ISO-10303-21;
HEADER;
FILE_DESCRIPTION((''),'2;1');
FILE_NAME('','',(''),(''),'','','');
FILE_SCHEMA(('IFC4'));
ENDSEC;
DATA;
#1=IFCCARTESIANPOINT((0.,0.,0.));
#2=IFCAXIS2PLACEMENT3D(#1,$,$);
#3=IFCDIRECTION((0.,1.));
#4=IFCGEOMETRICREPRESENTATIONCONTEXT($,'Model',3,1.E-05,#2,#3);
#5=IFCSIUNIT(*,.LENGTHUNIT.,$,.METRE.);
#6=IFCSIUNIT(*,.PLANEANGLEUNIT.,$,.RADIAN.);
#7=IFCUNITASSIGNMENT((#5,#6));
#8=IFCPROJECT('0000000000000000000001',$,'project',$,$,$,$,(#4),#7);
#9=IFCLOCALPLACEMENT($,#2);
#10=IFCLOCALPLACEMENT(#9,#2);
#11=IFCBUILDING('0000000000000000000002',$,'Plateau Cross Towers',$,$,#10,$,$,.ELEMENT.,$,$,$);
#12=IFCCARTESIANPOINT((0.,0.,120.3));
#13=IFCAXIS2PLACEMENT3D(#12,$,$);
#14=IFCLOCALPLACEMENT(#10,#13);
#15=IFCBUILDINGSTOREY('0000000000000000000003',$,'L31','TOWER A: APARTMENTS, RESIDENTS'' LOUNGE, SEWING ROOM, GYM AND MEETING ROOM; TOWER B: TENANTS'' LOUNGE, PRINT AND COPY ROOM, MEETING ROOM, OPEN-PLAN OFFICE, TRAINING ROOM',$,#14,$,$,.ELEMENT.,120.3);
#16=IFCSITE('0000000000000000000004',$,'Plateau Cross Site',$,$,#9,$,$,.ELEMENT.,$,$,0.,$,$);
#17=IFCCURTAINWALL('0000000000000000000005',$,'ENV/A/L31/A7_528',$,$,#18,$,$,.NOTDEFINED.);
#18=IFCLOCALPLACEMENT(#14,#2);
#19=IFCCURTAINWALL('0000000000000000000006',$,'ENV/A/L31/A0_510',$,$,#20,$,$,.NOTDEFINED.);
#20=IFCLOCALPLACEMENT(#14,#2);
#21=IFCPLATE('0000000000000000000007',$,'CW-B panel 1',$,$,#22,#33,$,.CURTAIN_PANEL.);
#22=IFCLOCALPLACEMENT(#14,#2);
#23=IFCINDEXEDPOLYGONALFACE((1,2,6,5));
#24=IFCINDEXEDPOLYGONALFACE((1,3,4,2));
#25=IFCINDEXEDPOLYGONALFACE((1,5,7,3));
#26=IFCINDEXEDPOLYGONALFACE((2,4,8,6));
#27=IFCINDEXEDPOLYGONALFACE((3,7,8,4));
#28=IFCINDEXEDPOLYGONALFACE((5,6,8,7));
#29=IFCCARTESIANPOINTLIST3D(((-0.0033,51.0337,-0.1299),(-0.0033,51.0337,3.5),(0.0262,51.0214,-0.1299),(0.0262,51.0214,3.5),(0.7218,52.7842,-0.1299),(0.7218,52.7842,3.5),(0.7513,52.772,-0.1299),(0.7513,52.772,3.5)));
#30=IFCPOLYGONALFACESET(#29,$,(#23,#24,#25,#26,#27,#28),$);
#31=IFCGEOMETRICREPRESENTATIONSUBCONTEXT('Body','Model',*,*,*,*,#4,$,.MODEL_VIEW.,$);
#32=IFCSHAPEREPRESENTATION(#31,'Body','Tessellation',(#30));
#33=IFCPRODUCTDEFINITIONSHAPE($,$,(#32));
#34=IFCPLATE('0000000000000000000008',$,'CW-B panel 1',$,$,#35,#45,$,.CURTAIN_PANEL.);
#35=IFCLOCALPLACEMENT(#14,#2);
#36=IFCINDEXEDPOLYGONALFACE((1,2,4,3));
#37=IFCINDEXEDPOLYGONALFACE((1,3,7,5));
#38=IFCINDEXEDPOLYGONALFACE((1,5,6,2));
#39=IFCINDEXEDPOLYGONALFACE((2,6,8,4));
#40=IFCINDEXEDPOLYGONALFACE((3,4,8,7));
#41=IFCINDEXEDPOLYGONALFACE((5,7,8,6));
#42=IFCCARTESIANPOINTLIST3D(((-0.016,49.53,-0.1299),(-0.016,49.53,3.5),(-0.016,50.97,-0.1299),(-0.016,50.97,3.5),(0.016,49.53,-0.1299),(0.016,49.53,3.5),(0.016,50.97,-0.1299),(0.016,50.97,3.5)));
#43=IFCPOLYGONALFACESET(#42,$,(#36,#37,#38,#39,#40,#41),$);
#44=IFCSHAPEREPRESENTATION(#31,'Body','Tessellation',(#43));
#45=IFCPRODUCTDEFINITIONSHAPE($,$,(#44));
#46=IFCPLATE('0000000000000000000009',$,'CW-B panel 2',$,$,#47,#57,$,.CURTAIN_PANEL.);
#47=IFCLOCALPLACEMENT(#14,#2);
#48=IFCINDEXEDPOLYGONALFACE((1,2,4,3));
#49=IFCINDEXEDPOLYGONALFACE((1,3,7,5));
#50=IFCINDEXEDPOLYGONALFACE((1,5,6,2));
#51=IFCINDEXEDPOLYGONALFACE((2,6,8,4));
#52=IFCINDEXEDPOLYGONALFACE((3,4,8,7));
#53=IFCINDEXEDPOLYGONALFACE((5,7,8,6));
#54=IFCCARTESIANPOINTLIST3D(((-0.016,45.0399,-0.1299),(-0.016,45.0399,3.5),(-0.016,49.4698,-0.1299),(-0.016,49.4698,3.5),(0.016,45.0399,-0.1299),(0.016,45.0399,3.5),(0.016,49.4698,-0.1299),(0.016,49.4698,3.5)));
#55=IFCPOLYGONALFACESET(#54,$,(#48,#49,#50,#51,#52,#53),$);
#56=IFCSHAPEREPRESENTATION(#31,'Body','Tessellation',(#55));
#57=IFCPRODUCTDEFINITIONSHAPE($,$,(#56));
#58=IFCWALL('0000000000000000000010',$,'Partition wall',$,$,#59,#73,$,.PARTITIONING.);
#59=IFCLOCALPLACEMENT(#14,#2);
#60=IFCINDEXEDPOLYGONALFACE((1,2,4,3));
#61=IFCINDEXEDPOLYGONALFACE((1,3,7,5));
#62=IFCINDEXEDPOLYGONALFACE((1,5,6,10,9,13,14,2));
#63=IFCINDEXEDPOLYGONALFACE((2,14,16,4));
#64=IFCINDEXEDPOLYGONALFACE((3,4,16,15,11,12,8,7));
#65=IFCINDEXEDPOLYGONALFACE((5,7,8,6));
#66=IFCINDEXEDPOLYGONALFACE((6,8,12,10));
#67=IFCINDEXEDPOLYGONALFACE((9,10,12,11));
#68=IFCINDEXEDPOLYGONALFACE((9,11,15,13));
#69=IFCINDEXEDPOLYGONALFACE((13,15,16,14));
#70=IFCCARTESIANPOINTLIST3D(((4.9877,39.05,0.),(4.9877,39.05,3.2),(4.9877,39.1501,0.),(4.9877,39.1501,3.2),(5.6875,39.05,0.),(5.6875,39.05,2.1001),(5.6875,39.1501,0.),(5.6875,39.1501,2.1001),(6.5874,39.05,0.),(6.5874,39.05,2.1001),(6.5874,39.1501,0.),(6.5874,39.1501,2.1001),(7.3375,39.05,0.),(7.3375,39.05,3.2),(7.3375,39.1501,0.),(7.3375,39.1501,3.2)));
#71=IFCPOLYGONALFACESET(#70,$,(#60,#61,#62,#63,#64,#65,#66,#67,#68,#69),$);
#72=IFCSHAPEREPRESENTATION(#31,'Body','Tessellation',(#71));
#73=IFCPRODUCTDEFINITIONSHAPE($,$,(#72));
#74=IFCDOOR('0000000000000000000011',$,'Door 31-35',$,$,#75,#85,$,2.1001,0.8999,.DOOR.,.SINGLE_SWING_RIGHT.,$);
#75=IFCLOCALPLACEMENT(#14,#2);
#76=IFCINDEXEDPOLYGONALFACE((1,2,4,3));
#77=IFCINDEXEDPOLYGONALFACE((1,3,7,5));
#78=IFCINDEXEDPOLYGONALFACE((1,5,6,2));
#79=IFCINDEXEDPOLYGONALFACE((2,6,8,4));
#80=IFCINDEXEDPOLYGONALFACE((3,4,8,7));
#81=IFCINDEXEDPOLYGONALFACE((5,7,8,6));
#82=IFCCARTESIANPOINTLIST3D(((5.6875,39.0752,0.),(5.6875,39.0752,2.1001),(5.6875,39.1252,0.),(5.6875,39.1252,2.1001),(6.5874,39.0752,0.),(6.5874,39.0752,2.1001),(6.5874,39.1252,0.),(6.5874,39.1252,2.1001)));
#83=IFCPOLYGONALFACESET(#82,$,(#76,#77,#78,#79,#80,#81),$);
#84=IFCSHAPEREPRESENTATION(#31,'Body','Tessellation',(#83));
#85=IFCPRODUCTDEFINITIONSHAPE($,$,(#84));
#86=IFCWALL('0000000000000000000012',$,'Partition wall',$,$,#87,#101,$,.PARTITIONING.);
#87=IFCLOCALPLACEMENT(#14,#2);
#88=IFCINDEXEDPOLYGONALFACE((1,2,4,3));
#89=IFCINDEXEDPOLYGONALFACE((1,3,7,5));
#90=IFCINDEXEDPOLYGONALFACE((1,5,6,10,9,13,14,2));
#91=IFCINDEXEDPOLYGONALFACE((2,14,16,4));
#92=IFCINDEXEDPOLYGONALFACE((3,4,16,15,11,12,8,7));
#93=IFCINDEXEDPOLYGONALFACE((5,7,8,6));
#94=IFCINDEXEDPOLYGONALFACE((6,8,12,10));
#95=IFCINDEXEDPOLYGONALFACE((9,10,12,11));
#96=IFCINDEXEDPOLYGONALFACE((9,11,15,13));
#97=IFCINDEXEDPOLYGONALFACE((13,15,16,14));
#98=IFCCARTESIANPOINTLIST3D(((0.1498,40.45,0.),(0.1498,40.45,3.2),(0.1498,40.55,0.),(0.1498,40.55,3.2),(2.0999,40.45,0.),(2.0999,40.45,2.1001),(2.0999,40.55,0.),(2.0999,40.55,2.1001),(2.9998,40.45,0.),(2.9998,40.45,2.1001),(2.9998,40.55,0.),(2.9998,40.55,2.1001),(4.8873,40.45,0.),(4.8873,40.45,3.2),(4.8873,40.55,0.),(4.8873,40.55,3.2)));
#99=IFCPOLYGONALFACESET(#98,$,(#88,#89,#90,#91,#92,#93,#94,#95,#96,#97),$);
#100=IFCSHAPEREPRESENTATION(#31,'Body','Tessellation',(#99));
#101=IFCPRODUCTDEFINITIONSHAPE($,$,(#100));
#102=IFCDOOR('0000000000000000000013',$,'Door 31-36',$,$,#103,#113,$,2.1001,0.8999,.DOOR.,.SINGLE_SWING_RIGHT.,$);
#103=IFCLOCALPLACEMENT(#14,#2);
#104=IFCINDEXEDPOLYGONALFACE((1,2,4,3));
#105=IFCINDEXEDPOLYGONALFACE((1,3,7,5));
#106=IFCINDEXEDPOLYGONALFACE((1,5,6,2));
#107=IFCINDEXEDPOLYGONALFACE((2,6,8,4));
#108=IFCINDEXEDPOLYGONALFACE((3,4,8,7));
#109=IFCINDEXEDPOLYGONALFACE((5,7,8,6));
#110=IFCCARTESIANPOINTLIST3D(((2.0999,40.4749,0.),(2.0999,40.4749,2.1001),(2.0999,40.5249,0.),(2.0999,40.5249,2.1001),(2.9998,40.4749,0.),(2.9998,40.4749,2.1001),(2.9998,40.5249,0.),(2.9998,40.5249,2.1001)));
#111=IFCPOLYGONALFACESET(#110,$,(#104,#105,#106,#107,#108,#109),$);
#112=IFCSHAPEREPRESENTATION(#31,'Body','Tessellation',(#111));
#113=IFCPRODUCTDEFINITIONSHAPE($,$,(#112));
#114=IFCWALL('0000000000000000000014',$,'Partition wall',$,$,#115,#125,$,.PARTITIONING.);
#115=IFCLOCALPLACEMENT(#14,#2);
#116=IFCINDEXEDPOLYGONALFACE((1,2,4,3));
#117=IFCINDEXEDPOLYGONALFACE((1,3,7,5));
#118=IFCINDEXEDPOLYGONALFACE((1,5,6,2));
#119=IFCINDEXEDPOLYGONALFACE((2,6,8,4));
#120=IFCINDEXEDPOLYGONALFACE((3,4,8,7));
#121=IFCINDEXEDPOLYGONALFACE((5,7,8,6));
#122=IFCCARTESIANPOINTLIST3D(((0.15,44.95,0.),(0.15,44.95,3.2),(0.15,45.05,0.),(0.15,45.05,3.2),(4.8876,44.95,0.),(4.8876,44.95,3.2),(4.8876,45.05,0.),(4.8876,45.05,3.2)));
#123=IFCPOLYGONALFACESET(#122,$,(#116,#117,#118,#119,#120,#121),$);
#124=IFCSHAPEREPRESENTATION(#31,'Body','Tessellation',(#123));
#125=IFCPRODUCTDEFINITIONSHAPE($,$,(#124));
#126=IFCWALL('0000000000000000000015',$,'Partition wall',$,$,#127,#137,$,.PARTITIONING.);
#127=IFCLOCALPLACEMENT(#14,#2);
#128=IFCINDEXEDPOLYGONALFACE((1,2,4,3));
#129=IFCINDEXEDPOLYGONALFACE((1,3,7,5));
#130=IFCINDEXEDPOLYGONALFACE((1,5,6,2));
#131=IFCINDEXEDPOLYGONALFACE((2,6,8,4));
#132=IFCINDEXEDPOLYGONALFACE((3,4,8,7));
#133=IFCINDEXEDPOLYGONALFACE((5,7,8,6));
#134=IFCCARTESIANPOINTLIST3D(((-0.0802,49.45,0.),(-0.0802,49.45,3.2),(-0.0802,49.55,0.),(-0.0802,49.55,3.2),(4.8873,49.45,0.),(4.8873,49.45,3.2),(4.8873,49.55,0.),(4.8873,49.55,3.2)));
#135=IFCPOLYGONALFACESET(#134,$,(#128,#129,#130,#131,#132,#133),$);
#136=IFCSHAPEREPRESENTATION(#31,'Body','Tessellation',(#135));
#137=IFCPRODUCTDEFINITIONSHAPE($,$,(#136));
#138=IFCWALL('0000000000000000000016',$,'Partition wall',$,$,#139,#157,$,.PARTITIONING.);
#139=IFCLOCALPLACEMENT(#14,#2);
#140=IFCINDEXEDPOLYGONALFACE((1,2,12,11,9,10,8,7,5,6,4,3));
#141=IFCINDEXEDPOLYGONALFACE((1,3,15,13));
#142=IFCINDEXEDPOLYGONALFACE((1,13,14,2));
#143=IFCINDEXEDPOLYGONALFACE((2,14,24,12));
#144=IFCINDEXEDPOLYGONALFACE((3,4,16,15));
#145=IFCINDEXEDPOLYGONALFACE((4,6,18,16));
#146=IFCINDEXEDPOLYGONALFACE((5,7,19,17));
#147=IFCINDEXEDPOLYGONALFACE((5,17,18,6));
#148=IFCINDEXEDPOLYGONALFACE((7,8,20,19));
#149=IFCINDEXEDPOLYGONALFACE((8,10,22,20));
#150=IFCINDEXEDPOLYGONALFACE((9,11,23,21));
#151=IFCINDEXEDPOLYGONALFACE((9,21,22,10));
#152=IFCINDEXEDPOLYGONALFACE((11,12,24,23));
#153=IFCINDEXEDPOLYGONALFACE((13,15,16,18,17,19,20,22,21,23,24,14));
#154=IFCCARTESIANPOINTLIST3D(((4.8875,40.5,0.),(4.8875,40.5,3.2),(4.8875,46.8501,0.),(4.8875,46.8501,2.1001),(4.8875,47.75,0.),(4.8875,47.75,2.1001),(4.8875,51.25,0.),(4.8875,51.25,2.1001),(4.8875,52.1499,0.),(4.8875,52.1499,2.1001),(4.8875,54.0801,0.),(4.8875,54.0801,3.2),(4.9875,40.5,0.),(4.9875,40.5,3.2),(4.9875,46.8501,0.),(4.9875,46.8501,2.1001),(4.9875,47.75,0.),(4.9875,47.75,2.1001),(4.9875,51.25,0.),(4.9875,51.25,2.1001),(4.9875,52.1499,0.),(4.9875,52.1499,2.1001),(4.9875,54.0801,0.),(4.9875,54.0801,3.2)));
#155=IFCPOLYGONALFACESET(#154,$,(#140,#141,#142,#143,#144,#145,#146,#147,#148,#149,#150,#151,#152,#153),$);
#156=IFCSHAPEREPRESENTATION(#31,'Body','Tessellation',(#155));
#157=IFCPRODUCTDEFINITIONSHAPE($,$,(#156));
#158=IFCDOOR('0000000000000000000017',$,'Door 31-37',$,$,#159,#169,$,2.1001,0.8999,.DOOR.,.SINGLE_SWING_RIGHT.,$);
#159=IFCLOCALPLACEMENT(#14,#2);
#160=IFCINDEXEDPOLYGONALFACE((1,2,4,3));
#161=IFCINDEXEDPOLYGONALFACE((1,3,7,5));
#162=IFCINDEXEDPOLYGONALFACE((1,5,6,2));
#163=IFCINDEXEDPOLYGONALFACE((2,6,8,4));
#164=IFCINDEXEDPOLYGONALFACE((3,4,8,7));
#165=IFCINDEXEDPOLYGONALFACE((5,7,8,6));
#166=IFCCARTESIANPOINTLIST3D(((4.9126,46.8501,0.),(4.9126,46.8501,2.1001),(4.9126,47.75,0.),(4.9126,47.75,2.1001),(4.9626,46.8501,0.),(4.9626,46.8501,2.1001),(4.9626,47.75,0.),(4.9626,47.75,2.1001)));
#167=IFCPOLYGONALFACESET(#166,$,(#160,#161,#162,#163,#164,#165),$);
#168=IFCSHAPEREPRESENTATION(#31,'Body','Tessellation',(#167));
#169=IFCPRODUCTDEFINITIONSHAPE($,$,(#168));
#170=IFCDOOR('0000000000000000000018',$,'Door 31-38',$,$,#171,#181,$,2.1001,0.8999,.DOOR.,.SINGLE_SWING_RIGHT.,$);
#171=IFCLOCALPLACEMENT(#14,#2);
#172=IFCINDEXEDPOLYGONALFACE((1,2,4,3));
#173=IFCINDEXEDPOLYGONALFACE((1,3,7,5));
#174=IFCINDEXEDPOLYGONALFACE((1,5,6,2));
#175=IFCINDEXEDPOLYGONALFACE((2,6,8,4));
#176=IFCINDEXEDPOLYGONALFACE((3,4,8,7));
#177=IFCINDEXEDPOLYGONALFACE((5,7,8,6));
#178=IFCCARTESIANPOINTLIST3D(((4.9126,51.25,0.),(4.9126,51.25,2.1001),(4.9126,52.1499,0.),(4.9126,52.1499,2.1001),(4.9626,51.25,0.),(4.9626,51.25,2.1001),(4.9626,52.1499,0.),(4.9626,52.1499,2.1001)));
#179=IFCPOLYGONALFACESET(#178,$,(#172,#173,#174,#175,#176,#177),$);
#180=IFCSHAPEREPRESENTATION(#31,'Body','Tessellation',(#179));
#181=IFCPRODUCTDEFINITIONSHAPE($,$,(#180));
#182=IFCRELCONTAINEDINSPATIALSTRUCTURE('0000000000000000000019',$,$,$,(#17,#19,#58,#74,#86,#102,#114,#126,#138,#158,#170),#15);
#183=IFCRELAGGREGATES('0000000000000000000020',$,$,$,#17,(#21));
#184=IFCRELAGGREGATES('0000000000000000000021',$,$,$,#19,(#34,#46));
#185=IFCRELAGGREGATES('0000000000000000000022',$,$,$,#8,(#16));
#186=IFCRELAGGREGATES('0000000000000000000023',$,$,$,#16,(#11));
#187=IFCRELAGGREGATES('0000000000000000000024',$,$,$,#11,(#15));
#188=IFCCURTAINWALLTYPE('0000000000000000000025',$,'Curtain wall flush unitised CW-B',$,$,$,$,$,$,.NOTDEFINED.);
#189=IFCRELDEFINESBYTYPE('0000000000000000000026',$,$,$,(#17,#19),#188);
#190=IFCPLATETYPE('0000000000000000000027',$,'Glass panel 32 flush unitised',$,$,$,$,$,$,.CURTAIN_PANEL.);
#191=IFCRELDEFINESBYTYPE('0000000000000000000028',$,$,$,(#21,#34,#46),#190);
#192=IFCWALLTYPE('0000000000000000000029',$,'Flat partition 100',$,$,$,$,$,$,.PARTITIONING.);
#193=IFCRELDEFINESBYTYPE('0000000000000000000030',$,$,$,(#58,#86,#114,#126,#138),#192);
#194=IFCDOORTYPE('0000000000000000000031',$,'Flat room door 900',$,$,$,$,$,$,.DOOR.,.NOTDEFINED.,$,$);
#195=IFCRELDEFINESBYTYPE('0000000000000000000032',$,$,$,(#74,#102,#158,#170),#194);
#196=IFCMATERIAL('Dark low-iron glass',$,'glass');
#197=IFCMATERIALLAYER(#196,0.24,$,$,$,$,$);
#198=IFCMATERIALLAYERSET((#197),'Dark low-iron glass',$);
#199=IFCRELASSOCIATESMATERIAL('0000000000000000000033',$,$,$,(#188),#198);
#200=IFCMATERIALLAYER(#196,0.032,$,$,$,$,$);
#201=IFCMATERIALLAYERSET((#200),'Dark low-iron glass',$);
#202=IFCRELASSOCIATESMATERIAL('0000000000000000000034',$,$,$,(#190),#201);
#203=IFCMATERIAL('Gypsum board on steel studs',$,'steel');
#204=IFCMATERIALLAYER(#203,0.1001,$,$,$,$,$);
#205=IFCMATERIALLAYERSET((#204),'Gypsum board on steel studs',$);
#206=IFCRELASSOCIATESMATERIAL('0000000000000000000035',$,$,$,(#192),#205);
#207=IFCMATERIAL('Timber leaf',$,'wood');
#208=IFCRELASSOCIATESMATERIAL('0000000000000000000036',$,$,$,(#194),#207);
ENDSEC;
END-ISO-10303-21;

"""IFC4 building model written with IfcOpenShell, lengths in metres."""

from ifc_helpers import new_model, si_unit, direction, frame, frame_2d, origin, origin_2d, place, context, subcontext, project, spatial, rectangle, extrude, material, layer, layer_set, type_object, element, fill, aggregate, save


model = new_model("IFC4")

# Units and contexts
model_context = context("Model", 3, precision=1e-05, world=origin(), true_north=direction((0.0, 1.0)))
body_context = subcontext(model_context, "Body", "Model", "MODEL_VIEW")
ifc_project = project(units=[si_unit("LENGTHUNIT", "METRE"), si_unit("PLANEANGLEUNIT", "RADIAN")], contexts=[model_context])

# Site, building, storey
site_placement = place(None, origin())
site = spatial("IfcSite", under=ifc_project, at=site_placement, Name="Plateau Cross Site", CompositionType="ELEMENT", RefElevation=0.0)
building_placement = place(site_placement, origin())
building = spatial("IfcBuilding", under=site, at=building_placement, Name="Plateau Cross Towers", CompositionType="ELEMENT")
storey_placement = place(building_placement, frame((0.0, 0.0, 120.3)))
storey = spatial("IfcBuildingStorey", under=building, at=storey_placement, Name="L31", Description="TOWER A: APARTMENTS, RESIDENTS' LOUNGE, SEWING ROOM, GYM AND MEETING ROOM; TOWER B: TENANTS' LOUNGE, PRINT AND COPY ROOM, MEETING ROOM, OPEN-PLAN OFFICE, TRAINING ROOM", CompositionType="ELEMENT", Elevation=120.3)

# Shared definitions
ifc_material_1 = material(Name="Dark low-iron glass", Category="glass")
ifc_layer_1 = layer(ifc_material_1, 0.24)
ifc_layer_set_1 = layer_set([ifc_layer_1], Name="Dark low-iron glass")
curtain_wall_type = type_object("IfcCurtainWallType", Name="Curtain wall flush unitised CW-B", PredefinedType="NOTDEFINED", material=ifc_layer_set_1)

# Curtain wall
curtain_wall_1_placement = place(storey_placement, origin())
curtain_wall_1 = element("IfcCurtainWall", 1, at=curtain_wall_1_placement, inside=storey, type_object=curtain_wall_type, Name="ENV/A/L31/A7_528", PredefinedType="NOTDEFINED")

# Curtain wall
curtain_wall_2_placement = place(storey_placement, origin())
curtain_wall_2 = element("IfcCurtainWall", 2, at=curtain_wall_2_placement, inside=storey, type_object=curtain_wall_type, Name="ENV/A/L31/A0_510", PredefinedType="NOTDEFINED")

# Shared definitions
ifc_layer_2 = layer(ifc_material_1, 0.032)
ifc_layer_set_2 = layer_set([ifc_layer_2], Name="Dark low-iron glass")
plate_type = type_object("IfcPlateType", Name="Glass panel 32 flush unitised", PredefinedType="CURTAIN_PANEL", material=ifc_layer_set_2)

# Plates
plate_1_placement = place(storey_placement, frame((0.374, 51.9028, -0.1299), z_axis=(0.0, 0.0, 1.0), x_axis=(-0.382684, -0.923879, 0.0)))
plate_1 = element("IfcPlate", 3, at=plate_1_placement, type_object=plate_type, Name="CW-B panel 1", PredefinedType="CURTAIN_PANEL", context=body_context, shape_type="SweptSolid", body=[
    extrude(rectangle(XDim=1.8948, YDim=0.032, at=origin_2d()), origin(), (0.0, 0.0, 1.0), 3.6299),
])
aggregate(curtain_wall_1, [plate_1])
plate_2_placement = place(storey_placement, frame((0.0, 50.25, -0.1299), z_axis=(0.0, 0.0, 1.0), x_axis=(0.0, -1.0, 0.0)))
plate_2 = element("IfcPlate", 4, at=plate_2_placement, type_object=plate_type, Name="CW-B panel 1", PredefinedType="CURTAIN_PANEL", context=body_context, shape_type="SweptSolid", body=[
    extrude(rectangle(XDim=1.4399, YDim=0.032, at=origin_2d()), origin(), (0.0, 0.0, 1.0), 3.6299),
])
plate_3_placement = place(storey_placement, frame((0.0, 47.2549, -0.1299), z_axis=(0.0, 0.0, 1.0), x_axis=(0.0, -1.0, 0.0)))
plate_3 = element("IfcPlate", 5, at=plate_3_placement, type_object=plate_type, Name="CW-B panel 2", PredefinedType="CURTAIN_PANEL", context=body_context, shape_type="SweptSolid", body=[
    extrude(rectangle(XDim=4.4299, YDim=0.032, at=origin_2d()), origin(), (0.0, 0.0, 1.0), 3.6299),
])
aggregate(curtain_wall_2, [plate_2, plate_3])

# Walls, openings, doors
ifc_material_2 = material(Name="Gypsum board on steel studs", Category="steel")
ifc_layer_3 = layer(ifc_material_2, 0.1001)
ifc_layer_set_3 = layer_set([ifc_layer_3], Name="Gypsum board on steel studs")
wall_type_1 = type_object("IfcWallType", Name="Flat partition 100", PredefinedType="PARTITIONING", material=ifc_layer_set_3)
wall_1_placement = place(storey_placement, frame((7.3374, 39.1001, 0.0), z_axis=(0.0, 0.0, 1.0), x_axis=(-1.0, 0.0, 0.0)))
wall_1 = element("IfcWall", 6, at=wall_1_placement, inside=storey, type_object=wall_type_1, Name="Partition wall", PredefinedType="PARTITIONING", context=body_context, shape_type="SweptSolid", body=[
    extrude(rectangle(XDim=2.3499, YDim=0.1001, at=frame_2d((1.1748, 0.0))), origin(), (0.0, 0.0, 1.0), 3.2),
])
opening_1_placement = place(wall_1_placement, frame((0.75, 0.0, 0.0)))
opening_1 = element("IfcOpeningElement", 7, at=opening_1_placement, cuts=wall_1, PredefinedType="OPENING", context=body_context, shape_type="SweptSolid", body=[
    extrude(rectangle(XDim=0.8999, YDim=2.1001, at=frame_2d((0.45, 1.05))), frame((0.0, 0.0601, 0.0), z_axis=(0.0, -1.0, 0.0), x_axis=(1.0, 0.0, 0.0)), (0.0, 0.0, 1.0), 0.1201),
])
ifc_material_3 = material(Name="Timber leaf", Category="wood")
door_type_1 = type_object("IfcDoorType", Name="Flat room door 900", OperationType="NOTDEFINED", PredefinedType="DOOR", material=ifc_material_3)
door_1_placement = place(opening_1_placement, origin())
door_1 = element("IfcDoor", 8, at=door_1_placement, inside=storey, type_object=door_type_1, Name="Door 31-35", OperationType="SINGLE_SWING_RIGHT", OverallHeight=2.1001, OverallWidth=0.8999, PredefinedType="DOOR", context=body_context, shape_type="SweptSolid", body=[
    extrude(rectangle(XDim=0.8999, YDim=2.1001, at=frame_2d((0.45, 1.05))), frame((0.0, 0.0249, 0.0), z_axis=(0.0, -1.0, 0.0), x_axis=(1.0, 0.0, 0.0)), (0.0, 0.0, 1.0), 0.05),
])
fill(opening_1, door_1)
wall_2_placement = place(storey_placement, frame((0.1499, 40.5, 0.0), z_axis=(0.0, 0.0, 1.0), x_axis=(1.0, 0.0, 0.0)))
wall_2 = element("IfcWall", 9, at=wall_2_placement, inside=storey, type_object=wall_type_1, Name="Partition wall", PredefinedType="PARTITIONING", context=body_context, shape_type="SweptSolid", body=[
    extrude(rectangle(XDim=4.7375, YDim=0.1001, at=frame_2d((2.3687, 0.0))), origin(), (0.0, 0.0, 1.0), 3.2),
])
opening_2_placement = place(wall_2_placement, frame((1.95, 0.0, 0.0)))
opening_2 = element("IfcOpeningElement", 10, at=opening_2_placement, cuts=wall_2, PredefinedType="OPENING", context=body_context, shape_type="SweptSolid", body=[
    extrude(rectangle(XDim=0.8999, YDim=2.1001, at=frame_2d((0.45, 1.05))), frame((0.0, 0.0601, 0.0), z_axis=(0.0, -1.0, 0.0), x_axis=(1.0, 0.0, 0.0)), (0.0, 0.0, 1.0), 0.1201),
])
door_2_placement = place(opening_2_placement, origin())
door_2 = element("IfcDoor", 11, at=door_2_placement, inside=storey, type_object=door_type_1, Name="Door 31-36", OperationType="SINGLE_SWING_RIGHT", OverallHeight=2.1001, OverallWidth=0.8999, PredefinedType="DOOR", context=body_context, shape_type="SweptSolid", body=[
    extrude(rectangle(XDim=0.8999, YDim=2.1001, at=frame_2d((0.45, 1.05))), frame((0.0, 0.0249, 0.0), z_axis=(0.0, -1.0, 0.0), x_axis=(1.0, 0.0, 0.0)), (0.0, 0.0, 1.0), 0.05),
])
fill(opening_2, door_2)

# Walls
wall_3_placement = place(storey_placement, frame((4.8875, 45.0, 0.0), z_axis=(0.0, 0.0, 1.0), x_axis=(-1.0, 0.0, 0.0)))
element("IfcWall", 12, at=wall_3_placement, inside=storey, type_object=wall_type_1, Name="Partition wall", PredefinedType="PARTITIONING", context=body_context, shape_type="SweptSolid", body=[
    extrude(rectangle(XDim=4.7375, YDim=0.1001, at=frame_2d((2.3687, 0.0))), origin(), (0.0, 0.0, 1.0), 3.2),
])
wall_4_placement = place(storey_placement, frame((4.8875, 49.5, 0.0), z_axis=(0.0, 0.0, 1.0), x_axis=(-1.0, 0.0, 0.0)))
element("IfcWall", 13, at=wall_4_placement, inside=storey, type_object=wall_type_1, Name="Partition wall", PredefinedType="PARTITIONING", context=body_context, shape_type="SweptSolid", body=[
    extrude(rectangle(XDim=4.9675, YDim=0.1001, at=frame_2d((2.4839, 0.0))), origin(), (0.0, 0.0, 1.0), 3.2),
])

# Wall, openings, doors
wall_5_placement = place(storey_placement, frame((4.9375, 40.5, 0.0), z_axis=(0.0, 0.0, 1.0), x_axis=(0.0, 1.0, 0.0)))
wall_5 = element("IfcWall", 14, at=wall_5_placement, inside=storey, type_object=wall_type_1, Name="Partition wall", PredefinedType="PARTITIONING", context=body_context, shape_type="SweptSolid", body=[
    extrude(rectangle(XDim=13.5801, YDim=0.1001, at=frame_2d((6.79, 0.0))), origin(), (0.0, 0.0, 1.0), 3.2),
])
opening_3_placement = place(wall_5_placement, frame((6.3501, 0.0, 0.0)))
opening_3 = element("IfcOpeningElement", 15, at=opening_3_placement, cuts=wall_5, PredefinedType="OPENING", context=body_context, shape_type="SweptSolid", body=[
    extrude(rectangle(XDim=0.8999, YDim=2.1001, at=frame_2d((0.45, 1.05))), frame((0.0, 0.0601, 0.0), z_axis=(0.0, -1.0, 0.0), x_axis=(1.0, 0.0, 0.0)), (0.0, 0.0, 1.0), 0.1201),
])
opening_4_placement = place(wall_5_placement, frame((10.75, 0.0, 0.0)))
opening_4 = element("IfcOpeningElement", 16, at=opening_4_placement, cuts=wall_5, PredefinedType="OPENING", context=body_context, shape_type="SweptSolid", body=[
    extrude(rectangle(XDim=0.8999, YDim=2.1001, at=frame_2d((0.45, 1.05))), frame((0.0, 0.0601, 0.0), z_axis=(0.0, -1.0, 0.0), x_axis=(1.0, 0.0, 0.0)), (0.0, 0.0, 1.0), 0.1201),
])
door_3_placement = place(opening_3_placement, origin())
door_3 = element("IfcDoor", 17, at=door_3_placement, inside=storey, type_object=door_type_1, Name="Door 31-37", OperationType="SINGLE_SWING_RIGHT", OverallHeight=2.1001, OverallWidth=0.8999, PredefinedType="DOOR", context=body_context, shape_type="SweptSolid", body=[
    extrude(rectangle(XDim=0.8999, YDim=2.1001, at=frame_2d((0.45, 1.05))), frame((0.0, 0.0249, 0.0), z_axis=(0.0, -1.0, 0.0), x_axis=(1.0, 0.0, 0.0)), (0.0, 0.0, 1.0), 0.05),
])
fill(opening_3, door_3)
door_4_placement = place(opening_4_placement, origin())
door_4 = element("IfcDoor", 18, at=door_4_placement, inside=storey, type_object=door_type_1, Name="Door 31-38", OperationType="SINGLE_SWING_RIGHT", OverallHeight=2.1001, OverallWidth=0.8999, PredefinedType="DOOR", context=body_context, shape_type="SweptSolid", body=[
    extrude(rectangle(XDim=0.8999, YDim=2.1001, at=frame_2d((0.45, 1.05))), frame((0.0, 0.0249, 0.0), z_axis=(0.0, -1.0, 0.0), x_axis=(1.0, 0.0, 0.0)), (0.0, 0.0, 1.0), 0.05),
])
fill(opening_4, door_4)

save(model, "model.ifc")
